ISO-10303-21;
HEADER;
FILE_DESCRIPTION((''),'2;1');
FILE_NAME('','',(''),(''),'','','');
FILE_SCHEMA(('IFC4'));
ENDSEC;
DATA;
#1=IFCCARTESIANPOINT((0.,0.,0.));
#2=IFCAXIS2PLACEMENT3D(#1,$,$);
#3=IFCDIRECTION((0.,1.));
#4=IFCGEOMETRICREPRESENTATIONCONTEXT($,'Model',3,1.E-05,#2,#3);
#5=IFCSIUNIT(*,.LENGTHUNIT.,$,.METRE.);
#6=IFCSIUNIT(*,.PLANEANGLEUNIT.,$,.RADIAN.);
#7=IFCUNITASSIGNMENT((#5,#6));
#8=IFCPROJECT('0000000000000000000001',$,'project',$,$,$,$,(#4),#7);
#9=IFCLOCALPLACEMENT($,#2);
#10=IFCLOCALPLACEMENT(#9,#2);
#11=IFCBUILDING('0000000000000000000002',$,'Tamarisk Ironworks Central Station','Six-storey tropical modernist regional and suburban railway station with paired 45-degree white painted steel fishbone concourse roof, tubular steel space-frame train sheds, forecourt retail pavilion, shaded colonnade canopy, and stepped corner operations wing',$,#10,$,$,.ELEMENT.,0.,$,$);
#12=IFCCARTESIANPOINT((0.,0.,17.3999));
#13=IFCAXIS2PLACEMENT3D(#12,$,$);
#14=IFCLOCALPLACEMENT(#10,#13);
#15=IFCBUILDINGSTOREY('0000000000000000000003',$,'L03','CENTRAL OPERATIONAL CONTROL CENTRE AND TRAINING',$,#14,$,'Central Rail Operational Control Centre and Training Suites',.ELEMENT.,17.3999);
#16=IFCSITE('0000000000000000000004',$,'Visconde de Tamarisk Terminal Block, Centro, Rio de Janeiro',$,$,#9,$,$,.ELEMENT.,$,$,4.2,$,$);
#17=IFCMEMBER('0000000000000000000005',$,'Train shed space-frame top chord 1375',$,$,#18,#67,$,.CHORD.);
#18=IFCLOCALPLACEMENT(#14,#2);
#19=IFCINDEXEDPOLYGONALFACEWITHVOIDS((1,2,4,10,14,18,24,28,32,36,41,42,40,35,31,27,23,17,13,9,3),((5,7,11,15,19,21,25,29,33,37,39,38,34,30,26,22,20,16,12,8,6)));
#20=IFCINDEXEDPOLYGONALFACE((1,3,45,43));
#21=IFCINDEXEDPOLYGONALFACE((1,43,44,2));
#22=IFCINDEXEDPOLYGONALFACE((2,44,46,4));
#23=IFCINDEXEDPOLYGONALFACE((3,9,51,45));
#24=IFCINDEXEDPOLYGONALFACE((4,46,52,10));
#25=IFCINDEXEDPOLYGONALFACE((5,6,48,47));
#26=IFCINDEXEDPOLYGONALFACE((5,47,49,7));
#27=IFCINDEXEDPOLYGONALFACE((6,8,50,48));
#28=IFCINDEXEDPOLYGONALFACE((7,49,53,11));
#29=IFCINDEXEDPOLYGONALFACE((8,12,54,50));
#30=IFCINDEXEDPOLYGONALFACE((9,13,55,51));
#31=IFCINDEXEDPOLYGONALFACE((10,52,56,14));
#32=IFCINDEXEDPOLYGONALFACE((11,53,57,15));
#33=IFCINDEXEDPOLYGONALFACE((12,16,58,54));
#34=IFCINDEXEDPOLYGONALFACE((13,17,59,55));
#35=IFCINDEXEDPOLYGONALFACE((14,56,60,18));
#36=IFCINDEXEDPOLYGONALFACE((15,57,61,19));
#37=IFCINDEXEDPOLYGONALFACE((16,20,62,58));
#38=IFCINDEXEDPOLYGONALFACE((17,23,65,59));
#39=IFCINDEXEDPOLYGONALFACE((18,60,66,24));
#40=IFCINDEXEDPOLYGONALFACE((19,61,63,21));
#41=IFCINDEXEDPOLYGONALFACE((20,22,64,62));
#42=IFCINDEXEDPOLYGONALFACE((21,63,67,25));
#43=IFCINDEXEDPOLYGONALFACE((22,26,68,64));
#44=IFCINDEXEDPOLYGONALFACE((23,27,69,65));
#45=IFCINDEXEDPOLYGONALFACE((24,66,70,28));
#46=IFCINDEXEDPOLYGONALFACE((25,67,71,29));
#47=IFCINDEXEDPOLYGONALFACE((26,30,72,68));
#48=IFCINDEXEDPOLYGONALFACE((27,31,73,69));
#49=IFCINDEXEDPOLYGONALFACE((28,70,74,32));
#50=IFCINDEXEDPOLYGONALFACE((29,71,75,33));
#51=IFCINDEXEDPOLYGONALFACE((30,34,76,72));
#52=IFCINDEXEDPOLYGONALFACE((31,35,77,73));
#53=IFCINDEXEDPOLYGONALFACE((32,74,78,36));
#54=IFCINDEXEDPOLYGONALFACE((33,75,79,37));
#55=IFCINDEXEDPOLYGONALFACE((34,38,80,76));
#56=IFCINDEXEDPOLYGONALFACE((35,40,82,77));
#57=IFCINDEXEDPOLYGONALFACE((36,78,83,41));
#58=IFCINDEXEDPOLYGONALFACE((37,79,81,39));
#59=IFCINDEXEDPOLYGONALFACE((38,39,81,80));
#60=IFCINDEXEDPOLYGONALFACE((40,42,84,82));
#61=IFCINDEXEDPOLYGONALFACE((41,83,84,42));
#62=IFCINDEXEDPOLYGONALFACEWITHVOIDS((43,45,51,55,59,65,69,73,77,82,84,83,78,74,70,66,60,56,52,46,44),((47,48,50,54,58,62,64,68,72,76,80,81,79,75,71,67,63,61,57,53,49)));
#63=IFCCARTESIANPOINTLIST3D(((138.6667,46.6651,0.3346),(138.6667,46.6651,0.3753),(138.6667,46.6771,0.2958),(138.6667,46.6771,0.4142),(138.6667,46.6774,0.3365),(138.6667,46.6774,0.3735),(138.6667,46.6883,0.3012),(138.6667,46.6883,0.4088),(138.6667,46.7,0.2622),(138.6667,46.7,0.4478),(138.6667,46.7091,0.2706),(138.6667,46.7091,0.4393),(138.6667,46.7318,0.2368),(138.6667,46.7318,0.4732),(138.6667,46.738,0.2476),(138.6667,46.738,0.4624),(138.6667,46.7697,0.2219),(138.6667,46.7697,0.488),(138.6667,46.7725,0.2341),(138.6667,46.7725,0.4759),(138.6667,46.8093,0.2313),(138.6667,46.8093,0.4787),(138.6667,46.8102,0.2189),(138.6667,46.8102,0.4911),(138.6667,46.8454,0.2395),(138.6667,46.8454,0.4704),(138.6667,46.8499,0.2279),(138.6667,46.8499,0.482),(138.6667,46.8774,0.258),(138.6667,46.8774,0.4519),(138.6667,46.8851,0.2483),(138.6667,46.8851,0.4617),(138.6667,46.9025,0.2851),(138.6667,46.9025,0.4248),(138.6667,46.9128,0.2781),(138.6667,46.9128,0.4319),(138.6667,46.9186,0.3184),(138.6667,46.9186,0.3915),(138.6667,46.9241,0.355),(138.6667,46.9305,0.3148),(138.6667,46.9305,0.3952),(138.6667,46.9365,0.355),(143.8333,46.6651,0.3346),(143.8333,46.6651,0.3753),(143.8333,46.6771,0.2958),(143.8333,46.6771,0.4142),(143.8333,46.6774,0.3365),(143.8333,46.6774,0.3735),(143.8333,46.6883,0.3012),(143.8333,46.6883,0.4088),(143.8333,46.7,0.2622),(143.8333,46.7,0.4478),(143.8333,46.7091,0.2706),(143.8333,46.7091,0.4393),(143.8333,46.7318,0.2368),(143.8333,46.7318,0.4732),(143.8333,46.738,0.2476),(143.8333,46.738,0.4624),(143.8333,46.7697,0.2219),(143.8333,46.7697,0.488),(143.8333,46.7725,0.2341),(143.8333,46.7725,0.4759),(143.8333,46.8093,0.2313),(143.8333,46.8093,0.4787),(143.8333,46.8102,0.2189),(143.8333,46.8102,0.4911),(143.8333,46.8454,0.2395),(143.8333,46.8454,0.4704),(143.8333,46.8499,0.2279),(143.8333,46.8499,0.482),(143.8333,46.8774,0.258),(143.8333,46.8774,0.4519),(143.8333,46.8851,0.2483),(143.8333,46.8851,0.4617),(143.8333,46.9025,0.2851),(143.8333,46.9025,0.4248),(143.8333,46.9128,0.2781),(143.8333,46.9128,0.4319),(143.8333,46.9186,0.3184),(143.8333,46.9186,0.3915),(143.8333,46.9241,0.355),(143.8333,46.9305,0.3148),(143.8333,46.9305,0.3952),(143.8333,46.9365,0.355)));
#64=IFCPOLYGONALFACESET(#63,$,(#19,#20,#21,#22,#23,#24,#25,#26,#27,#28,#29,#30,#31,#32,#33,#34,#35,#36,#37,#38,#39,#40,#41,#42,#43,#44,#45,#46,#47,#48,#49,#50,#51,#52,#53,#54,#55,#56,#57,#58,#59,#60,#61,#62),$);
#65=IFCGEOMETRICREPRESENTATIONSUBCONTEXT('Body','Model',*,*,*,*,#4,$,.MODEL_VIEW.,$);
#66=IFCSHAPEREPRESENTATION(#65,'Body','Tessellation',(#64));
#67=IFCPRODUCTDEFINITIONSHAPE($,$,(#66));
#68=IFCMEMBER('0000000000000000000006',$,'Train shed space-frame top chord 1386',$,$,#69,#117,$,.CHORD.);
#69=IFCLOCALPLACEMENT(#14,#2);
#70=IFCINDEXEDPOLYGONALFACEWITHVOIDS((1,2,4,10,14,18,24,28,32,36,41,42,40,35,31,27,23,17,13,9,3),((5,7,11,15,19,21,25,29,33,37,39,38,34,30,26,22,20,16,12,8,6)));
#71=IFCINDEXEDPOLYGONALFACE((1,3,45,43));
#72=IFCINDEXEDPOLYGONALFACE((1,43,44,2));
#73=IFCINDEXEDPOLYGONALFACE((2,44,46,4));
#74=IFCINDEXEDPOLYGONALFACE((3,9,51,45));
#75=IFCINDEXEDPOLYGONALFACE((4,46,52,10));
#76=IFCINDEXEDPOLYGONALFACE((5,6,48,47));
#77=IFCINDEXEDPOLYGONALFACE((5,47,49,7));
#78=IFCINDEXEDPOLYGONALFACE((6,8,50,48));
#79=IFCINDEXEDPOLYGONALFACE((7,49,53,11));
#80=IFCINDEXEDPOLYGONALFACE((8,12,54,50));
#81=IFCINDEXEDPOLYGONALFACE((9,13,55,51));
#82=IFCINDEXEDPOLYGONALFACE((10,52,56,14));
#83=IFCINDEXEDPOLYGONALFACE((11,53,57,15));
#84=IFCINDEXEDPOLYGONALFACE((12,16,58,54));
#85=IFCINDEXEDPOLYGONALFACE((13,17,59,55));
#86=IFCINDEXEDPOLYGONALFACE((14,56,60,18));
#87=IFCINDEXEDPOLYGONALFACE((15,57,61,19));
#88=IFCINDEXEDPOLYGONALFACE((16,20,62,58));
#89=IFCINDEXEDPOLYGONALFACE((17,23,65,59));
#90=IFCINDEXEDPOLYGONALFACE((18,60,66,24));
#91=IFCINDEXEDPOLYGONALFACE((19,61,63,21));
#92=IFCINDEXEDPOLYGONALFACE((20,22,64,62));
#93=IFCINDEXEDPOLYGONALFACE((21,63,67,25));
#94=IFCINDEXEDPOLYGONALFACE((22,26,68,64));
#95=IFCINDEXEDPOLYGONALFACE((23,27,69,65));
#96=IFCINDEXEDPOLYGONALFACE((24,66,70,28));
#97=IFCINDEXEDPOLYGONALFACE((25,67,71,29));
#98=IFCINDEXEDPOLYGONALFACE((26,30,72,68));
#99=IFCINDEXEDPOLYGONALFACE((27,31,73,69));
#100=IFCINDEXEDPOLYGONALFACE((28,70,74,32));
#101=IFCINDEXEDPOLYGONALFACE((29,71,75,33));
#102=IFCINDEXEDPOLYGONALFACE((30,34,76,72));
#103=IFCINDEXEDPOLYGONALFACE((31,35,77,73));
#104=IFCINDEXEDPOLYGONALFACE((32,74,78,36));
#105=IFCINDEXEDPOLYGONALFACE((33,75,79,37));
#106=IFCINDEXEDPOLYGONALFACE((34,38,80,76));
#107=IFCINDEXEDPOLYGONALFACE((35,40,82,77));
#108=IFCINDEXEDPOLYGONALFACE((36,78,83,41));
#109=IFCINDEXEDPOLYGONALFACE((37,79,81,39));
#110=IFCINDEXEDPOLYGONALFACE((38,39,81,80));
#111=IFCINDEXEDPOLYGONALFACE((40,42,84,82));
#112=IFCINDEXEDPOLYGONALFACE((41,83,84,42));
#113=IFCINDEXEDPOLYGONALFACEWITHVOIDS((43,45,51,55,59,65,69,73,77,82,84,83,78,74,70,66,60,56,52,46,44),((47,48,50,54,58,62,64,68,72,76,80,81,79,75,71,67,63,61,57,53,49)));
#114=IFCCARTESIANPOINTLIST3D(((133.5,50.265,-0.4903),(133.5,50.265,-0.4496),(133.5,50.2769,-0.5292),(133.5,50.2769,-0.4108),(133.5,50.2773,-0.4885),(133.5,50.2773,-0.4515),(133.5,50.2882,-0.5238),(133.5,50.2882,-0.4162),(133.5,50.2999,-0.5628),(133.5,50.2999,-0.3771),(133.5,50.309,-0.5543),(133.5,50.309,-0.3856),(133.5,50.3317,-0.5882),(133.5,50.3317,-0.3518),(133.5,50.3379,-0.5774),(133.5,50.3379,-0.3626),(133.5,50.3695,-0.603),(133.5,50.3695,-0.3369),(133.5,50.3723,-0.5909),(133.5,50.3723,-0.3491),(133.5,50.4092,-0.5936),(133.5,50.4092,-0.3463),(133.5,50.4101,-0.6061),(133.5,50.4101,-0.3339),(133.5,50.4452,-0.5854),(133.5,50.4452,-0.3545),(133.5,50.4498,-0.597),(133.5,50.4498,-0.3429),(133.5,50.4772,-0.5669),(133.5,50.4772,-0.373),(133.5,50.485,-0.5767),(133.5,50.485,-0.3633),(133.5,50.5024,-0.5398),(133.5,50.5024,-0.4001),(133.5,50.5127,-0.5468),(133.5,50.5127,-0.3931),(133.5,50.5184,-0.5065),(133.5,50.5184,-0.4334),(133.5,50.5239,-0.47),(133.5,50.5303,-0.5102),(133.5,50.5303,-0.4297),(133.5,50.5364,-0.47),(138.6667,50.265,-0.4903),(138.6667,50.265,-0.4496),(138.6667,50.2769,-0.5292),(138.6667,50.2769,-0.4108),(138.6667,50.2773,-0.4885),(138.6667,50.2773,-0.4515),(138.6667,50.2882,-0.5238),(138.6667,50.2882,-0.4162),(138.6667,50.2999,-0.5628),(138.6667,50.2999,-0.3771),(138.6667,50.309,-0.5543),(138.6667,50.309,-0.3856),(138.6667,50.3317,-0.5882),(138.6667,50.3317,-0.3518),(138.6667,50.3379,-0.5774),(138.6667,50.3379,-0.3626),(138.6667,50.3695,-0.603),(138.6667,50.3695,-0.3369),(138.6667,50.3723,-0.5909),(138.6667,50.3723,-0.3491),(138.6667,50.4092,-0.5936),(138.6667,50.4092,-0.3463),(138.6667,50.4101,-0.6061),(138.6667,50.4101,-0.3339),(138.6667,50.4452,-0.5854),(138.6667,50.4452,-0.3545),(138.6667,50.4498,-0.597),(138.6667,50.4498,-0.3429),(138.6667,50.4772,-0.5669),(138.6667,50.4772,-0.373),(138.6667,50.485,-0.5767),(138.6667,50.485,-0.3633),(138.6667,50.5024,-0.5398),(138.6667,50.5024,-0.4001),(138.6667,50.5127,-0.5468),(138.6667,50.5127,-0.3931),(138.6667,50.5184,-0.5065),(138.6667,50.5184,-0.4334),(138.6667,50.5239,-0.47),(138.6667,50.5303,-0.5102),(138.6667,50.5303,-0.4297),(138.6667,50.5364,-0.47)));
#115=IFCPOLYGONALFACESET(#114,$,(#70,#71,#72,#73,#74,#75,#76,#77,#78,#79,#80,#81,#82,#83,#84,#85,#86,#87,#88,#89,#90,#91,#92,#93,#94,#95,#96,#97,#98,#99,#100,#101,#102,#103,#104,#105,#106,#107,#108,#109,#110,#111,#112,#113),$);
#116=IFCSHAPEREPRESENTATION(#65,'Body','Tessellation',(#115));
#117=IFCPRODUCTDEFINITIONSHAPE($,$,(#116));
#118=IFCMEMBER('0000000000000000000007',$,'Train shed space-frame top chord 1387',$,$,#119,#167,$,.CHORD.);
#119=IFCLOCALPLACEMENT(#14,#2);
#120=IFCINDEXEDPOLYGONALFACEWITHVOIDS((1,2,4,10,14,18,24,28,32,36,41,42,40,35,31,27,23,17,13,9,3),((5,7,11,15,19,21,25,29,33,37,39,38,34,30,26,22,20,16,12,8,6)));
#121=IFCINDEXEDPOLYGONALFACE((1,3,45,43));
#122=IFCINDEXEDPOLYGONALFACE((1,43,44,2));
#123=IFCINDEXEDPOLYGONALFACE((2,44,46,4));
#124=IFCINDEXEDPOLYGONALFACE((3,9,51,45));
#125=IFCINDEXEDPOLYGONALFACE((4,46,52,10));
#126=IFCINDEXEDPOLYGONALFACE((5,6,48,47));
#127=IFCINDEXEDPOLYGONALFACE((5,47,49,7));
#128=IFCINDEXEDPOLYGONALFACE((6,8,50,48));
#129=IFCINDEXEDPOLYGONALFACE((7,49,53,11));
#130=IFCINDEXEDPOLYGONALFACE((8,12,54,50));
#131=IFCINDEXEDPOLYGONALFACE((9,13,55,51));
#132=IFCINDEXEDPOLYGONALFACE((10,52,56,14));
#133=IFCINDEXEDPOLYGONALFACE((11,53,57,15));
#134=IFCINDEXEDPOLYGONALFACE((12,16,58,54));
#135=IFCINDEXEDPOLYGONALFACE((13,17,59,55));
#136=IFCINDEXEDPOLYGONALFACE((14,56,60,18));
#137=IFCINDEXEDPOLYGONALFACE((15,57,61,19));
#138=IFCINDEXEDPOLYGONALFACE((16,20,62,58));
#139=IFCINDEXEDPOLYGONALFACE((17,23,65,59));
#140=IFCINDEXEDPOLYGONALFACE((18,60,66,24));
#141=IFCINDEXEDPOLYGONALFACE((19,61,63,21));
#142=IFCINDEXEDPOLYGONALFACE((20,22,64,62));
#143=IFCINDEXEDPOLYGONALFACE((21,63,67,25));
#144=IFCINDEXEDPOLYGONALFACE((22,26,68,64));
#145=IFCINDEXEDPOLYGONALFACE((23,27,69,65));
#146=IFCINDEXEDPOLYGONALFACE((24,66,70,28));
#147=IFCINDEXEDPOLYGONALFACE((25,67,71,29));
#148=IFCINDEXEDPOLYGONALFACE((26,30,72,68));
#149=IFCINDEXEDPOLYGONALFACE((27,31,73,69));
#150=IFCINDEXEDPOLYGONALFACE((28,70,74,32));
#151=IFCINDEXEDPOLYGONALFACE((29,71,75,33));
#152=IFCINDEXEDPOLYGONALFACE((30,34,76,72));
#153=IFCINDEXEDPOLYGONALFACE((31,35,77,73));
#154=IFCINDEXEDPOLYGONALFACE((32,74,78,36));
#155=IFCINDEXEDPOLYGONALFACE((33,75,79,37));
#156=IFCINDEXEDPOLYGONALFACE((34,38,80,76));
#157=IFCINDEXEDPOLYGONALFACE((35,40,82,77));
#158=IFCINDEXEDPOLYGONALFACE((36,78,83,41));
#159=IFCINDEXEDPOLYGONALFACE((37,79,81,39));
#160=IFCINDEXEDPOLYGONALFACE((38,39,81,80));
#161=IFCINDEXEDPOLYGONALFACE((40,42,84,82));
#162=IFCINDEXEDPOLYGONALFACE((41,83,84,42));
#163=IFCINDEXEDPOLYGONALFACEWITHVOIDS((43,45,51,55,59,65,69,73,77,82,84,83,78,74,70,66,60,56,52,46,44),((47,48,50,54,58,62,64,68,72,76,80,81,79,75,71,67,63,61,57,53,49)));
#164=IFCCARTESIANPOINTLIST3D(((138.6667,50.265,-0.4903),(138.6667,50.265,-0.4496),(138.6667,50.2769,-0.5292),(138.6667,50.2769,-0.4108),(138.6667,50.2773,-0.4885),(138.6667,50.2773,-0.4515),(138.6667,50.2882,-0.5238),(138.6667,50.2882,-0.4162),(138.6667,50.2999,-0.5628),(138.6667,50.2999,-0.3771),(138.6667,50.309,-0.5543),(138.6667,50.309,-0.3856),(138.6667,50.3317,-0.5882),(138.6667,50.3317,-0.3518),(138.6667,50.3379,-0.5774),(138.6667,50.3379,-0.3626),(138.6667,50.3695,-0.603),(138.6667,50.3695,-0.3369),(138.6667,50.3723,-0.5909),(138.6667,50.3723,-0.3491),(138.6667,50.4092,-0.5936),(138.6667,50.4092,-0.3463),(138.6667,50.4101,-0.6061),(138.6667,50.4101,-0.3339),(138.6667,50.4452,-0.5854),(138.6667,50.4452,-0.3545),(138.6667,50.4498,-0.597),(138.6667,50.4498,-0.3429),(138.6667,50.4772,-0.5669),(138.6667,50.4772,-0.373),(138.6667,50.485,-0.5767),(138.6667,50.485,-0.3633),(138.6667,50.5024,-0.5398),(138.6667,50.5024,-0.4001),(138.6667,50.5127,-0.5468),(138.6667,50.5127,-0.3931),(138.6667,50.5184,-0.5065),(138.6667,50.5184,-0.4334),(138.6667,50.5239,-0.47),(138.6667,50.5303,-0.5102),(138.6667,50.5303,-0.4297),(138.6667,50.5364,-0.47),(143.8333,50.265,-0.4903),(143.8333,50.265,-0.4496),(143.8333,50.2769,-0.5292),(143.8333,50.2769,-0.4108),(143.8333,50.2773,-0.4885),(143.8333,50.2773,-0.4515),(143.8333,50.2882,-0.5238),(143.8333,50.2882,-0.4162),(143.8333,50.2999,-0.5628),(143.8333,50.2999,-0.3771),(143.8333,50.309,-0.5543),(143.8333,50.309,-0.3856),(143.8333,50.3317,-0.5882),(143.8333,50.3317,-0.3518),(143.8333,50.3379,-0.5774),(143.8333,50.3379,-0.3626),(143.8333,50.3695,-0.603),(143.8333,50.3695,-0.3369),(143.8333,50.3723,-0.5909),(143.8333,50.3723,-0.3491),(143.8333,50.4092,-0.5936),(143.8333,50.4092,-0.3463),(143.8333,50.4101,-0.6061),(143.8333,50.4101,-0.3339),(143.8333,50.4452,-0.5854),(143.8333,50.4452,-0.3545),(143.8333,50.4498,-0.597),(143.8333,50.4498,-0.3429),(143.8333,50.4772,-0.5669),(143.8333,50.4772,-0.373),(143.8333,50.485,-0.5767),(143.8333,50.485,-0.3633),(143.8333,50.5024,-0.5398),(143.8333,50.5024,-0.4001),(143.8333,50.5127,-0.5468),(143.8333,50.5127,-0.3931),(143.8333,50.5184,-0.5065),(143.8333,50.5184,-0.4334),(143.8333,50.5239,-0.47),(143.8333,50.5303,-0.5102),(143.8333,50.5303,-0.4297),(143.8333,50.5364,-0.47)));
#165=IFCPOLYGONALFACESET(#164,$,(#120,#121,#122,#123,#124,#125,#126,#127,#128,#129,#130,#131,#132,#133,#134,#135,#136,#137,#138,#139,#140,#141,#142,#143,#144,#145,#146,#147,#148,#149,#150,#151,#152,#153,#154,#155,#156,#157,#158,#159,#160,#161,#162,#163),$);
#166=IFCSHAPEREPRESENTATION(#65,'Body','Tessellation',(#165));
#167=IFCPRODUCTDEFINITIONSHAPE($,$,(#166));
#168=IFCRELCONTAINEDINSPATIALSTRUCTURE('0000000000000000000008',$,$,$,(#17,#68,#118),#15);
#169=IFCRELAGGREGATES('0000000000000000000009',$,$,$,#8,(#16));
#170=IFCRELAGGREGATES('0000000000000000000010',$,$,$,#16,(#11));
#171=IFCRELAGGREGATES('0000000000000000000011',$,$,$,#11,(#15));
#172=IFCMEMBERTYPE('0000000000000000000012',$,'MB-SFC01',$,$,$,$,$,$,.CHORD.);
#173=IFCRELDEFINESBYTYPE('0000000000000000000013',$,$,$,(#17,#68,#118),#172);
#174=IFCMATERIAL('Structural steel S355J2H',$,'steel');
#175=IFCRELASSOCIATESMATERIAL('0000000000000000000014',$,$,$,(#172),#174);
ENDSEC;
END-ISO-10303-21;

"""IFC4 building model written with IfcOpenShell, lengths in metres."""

from ifc_helpers import new_model, si_unit, direction, frame, origin, origin_2d, place, context, subcontext, project, spatial, hollow_circle, extrude, material, material_profile, profile_set, type_object, element, save


model = new_model("IFC4")

# Units and contexts
model_context = context("Model", 3, precision=1e-05, world=origin(), true_north=direction((0.0, 1.0)))
body_context = subcontext(model_context, "Body", "Model", "MODEL_VIEW")
ifc_project = project(units=[si_unit("LENGTHUNIT", "METRE"), si_unit("PLANEANGLEUNIT", "RADIAN")], contexts=[model_context])

# Site, building, storey
site_placement = place(None, origin())
site = spatial("IfcSite", under=ifc_project, at=site_placement, Name="Visconde de Tamarisk Terminal Block, Centro, Rio de Janeiro", CompositionType="ELEMENT", RefElevation=4.2)
building_placement = place(site_placement, origin())
building = spatial("IfcBuilding", under=site, at=building_placement, Name="Tamarisk Ironworks Central Station", Description="Six-storey tropical modernist regional and suburban railway station with paired 45-degree white painted steel fishbone concourse roof, tubular steel space-frame train sheds, forecourt retail pavilion, shaded colonnade canopy, and stepped corner operations wing", CompositionType="ELEMENT", ElevationOfRefHeight=0.0)
storey_placement = place(building_placement, frame((0.0, 0.0, 17.3999)))
storey = spatial("IfcBuildingStorey", under=building, at=storey_placement, Name="L03", Description="CENTRAL OPERATIONAL CONTROL CENTRE AND TRAINING", LongName="Central Rail Operational Control Centre and Training Suites", CompositionType="ELEMENT", Elevation=17.3999)

# Members
ifc_material = material(Name="Structural steel S355J2H", Category="steel")
ifc_material_profile_1 = material_profile(ifc_material, hollow_circle(Radius=0.1365, WallThickness=0.0125, at=origin_2d()), Name="CHS 273x12.5")
ifc_profile_set_1 = profile_set([ifc_material_profile_1], Name="Structural steel S355J2H")
member_type_1 = type_object("IfcMemberType", Name="MB-SFC01", PredefinedType="CHORD", material=ifc_profile_set_1)
member_1_placement = place(storey_placement, frame((138.6667, 46.8, 0.355), z_axis=(1.0, 0.0, 0.0), x_axis=(0.0, 1.0, 0.0)))
element("IfcMember", 1, at=member_1_placement, inside=storey, type_object=member_type_1, Name="Train shed space-frame top chord 1375", PredefinedType="CHORD", context=body_context, shape_type="SweptSolid", body=[
    extrude(hollow_circle(Radius=0.1365, WallThickness=0.0125, at=origin_2d()), origin(), (0.0, 0.0, 1.0), 5.1665),
])
member_2_placement = place(storey_placement, frame((133.5, 50.3999, -0.47), z_axis=(1.0, 0.0, 0.0), x_axis=(0.0, 1.0, 0.0)))
element("IfcMember", 2, at=member_2_placement, inside=storey, type_object=member_type_1, Name="Train shed space-frame top chord 1386", PredefinedType="CHORD", context=body_context, shape_type="SweptSolid", body=[
    extrude(hollow_circle(Radius=0.1365, WallThickness=0.0125, at=origin_2d()), origin(), (0.0, 0.0, 1.0), 5.1667),
])
member_3_placement = place(storey_placement, frame((138.6667, 50.3999, -0.47), z_axis=(1.0, 0.0, 0.0), x_axis=(0.0, 1.0, 0.0)))
element("IfcMember", 3, at=member_3_placement, inside=storey, type_object=member_type_1, Name="Train shed space-frame top chord 1387", PredefinedType="CHORD", context=body_context, shape_type="SweptSolid", body=[
    extrude(hollow_circle(Radius=0.1365, WallThickness=0.0125, at=origin_2d()), origin(), (0.0, 0.0, 1.0), 5.1665),
])

save(model, "model.ifc")
